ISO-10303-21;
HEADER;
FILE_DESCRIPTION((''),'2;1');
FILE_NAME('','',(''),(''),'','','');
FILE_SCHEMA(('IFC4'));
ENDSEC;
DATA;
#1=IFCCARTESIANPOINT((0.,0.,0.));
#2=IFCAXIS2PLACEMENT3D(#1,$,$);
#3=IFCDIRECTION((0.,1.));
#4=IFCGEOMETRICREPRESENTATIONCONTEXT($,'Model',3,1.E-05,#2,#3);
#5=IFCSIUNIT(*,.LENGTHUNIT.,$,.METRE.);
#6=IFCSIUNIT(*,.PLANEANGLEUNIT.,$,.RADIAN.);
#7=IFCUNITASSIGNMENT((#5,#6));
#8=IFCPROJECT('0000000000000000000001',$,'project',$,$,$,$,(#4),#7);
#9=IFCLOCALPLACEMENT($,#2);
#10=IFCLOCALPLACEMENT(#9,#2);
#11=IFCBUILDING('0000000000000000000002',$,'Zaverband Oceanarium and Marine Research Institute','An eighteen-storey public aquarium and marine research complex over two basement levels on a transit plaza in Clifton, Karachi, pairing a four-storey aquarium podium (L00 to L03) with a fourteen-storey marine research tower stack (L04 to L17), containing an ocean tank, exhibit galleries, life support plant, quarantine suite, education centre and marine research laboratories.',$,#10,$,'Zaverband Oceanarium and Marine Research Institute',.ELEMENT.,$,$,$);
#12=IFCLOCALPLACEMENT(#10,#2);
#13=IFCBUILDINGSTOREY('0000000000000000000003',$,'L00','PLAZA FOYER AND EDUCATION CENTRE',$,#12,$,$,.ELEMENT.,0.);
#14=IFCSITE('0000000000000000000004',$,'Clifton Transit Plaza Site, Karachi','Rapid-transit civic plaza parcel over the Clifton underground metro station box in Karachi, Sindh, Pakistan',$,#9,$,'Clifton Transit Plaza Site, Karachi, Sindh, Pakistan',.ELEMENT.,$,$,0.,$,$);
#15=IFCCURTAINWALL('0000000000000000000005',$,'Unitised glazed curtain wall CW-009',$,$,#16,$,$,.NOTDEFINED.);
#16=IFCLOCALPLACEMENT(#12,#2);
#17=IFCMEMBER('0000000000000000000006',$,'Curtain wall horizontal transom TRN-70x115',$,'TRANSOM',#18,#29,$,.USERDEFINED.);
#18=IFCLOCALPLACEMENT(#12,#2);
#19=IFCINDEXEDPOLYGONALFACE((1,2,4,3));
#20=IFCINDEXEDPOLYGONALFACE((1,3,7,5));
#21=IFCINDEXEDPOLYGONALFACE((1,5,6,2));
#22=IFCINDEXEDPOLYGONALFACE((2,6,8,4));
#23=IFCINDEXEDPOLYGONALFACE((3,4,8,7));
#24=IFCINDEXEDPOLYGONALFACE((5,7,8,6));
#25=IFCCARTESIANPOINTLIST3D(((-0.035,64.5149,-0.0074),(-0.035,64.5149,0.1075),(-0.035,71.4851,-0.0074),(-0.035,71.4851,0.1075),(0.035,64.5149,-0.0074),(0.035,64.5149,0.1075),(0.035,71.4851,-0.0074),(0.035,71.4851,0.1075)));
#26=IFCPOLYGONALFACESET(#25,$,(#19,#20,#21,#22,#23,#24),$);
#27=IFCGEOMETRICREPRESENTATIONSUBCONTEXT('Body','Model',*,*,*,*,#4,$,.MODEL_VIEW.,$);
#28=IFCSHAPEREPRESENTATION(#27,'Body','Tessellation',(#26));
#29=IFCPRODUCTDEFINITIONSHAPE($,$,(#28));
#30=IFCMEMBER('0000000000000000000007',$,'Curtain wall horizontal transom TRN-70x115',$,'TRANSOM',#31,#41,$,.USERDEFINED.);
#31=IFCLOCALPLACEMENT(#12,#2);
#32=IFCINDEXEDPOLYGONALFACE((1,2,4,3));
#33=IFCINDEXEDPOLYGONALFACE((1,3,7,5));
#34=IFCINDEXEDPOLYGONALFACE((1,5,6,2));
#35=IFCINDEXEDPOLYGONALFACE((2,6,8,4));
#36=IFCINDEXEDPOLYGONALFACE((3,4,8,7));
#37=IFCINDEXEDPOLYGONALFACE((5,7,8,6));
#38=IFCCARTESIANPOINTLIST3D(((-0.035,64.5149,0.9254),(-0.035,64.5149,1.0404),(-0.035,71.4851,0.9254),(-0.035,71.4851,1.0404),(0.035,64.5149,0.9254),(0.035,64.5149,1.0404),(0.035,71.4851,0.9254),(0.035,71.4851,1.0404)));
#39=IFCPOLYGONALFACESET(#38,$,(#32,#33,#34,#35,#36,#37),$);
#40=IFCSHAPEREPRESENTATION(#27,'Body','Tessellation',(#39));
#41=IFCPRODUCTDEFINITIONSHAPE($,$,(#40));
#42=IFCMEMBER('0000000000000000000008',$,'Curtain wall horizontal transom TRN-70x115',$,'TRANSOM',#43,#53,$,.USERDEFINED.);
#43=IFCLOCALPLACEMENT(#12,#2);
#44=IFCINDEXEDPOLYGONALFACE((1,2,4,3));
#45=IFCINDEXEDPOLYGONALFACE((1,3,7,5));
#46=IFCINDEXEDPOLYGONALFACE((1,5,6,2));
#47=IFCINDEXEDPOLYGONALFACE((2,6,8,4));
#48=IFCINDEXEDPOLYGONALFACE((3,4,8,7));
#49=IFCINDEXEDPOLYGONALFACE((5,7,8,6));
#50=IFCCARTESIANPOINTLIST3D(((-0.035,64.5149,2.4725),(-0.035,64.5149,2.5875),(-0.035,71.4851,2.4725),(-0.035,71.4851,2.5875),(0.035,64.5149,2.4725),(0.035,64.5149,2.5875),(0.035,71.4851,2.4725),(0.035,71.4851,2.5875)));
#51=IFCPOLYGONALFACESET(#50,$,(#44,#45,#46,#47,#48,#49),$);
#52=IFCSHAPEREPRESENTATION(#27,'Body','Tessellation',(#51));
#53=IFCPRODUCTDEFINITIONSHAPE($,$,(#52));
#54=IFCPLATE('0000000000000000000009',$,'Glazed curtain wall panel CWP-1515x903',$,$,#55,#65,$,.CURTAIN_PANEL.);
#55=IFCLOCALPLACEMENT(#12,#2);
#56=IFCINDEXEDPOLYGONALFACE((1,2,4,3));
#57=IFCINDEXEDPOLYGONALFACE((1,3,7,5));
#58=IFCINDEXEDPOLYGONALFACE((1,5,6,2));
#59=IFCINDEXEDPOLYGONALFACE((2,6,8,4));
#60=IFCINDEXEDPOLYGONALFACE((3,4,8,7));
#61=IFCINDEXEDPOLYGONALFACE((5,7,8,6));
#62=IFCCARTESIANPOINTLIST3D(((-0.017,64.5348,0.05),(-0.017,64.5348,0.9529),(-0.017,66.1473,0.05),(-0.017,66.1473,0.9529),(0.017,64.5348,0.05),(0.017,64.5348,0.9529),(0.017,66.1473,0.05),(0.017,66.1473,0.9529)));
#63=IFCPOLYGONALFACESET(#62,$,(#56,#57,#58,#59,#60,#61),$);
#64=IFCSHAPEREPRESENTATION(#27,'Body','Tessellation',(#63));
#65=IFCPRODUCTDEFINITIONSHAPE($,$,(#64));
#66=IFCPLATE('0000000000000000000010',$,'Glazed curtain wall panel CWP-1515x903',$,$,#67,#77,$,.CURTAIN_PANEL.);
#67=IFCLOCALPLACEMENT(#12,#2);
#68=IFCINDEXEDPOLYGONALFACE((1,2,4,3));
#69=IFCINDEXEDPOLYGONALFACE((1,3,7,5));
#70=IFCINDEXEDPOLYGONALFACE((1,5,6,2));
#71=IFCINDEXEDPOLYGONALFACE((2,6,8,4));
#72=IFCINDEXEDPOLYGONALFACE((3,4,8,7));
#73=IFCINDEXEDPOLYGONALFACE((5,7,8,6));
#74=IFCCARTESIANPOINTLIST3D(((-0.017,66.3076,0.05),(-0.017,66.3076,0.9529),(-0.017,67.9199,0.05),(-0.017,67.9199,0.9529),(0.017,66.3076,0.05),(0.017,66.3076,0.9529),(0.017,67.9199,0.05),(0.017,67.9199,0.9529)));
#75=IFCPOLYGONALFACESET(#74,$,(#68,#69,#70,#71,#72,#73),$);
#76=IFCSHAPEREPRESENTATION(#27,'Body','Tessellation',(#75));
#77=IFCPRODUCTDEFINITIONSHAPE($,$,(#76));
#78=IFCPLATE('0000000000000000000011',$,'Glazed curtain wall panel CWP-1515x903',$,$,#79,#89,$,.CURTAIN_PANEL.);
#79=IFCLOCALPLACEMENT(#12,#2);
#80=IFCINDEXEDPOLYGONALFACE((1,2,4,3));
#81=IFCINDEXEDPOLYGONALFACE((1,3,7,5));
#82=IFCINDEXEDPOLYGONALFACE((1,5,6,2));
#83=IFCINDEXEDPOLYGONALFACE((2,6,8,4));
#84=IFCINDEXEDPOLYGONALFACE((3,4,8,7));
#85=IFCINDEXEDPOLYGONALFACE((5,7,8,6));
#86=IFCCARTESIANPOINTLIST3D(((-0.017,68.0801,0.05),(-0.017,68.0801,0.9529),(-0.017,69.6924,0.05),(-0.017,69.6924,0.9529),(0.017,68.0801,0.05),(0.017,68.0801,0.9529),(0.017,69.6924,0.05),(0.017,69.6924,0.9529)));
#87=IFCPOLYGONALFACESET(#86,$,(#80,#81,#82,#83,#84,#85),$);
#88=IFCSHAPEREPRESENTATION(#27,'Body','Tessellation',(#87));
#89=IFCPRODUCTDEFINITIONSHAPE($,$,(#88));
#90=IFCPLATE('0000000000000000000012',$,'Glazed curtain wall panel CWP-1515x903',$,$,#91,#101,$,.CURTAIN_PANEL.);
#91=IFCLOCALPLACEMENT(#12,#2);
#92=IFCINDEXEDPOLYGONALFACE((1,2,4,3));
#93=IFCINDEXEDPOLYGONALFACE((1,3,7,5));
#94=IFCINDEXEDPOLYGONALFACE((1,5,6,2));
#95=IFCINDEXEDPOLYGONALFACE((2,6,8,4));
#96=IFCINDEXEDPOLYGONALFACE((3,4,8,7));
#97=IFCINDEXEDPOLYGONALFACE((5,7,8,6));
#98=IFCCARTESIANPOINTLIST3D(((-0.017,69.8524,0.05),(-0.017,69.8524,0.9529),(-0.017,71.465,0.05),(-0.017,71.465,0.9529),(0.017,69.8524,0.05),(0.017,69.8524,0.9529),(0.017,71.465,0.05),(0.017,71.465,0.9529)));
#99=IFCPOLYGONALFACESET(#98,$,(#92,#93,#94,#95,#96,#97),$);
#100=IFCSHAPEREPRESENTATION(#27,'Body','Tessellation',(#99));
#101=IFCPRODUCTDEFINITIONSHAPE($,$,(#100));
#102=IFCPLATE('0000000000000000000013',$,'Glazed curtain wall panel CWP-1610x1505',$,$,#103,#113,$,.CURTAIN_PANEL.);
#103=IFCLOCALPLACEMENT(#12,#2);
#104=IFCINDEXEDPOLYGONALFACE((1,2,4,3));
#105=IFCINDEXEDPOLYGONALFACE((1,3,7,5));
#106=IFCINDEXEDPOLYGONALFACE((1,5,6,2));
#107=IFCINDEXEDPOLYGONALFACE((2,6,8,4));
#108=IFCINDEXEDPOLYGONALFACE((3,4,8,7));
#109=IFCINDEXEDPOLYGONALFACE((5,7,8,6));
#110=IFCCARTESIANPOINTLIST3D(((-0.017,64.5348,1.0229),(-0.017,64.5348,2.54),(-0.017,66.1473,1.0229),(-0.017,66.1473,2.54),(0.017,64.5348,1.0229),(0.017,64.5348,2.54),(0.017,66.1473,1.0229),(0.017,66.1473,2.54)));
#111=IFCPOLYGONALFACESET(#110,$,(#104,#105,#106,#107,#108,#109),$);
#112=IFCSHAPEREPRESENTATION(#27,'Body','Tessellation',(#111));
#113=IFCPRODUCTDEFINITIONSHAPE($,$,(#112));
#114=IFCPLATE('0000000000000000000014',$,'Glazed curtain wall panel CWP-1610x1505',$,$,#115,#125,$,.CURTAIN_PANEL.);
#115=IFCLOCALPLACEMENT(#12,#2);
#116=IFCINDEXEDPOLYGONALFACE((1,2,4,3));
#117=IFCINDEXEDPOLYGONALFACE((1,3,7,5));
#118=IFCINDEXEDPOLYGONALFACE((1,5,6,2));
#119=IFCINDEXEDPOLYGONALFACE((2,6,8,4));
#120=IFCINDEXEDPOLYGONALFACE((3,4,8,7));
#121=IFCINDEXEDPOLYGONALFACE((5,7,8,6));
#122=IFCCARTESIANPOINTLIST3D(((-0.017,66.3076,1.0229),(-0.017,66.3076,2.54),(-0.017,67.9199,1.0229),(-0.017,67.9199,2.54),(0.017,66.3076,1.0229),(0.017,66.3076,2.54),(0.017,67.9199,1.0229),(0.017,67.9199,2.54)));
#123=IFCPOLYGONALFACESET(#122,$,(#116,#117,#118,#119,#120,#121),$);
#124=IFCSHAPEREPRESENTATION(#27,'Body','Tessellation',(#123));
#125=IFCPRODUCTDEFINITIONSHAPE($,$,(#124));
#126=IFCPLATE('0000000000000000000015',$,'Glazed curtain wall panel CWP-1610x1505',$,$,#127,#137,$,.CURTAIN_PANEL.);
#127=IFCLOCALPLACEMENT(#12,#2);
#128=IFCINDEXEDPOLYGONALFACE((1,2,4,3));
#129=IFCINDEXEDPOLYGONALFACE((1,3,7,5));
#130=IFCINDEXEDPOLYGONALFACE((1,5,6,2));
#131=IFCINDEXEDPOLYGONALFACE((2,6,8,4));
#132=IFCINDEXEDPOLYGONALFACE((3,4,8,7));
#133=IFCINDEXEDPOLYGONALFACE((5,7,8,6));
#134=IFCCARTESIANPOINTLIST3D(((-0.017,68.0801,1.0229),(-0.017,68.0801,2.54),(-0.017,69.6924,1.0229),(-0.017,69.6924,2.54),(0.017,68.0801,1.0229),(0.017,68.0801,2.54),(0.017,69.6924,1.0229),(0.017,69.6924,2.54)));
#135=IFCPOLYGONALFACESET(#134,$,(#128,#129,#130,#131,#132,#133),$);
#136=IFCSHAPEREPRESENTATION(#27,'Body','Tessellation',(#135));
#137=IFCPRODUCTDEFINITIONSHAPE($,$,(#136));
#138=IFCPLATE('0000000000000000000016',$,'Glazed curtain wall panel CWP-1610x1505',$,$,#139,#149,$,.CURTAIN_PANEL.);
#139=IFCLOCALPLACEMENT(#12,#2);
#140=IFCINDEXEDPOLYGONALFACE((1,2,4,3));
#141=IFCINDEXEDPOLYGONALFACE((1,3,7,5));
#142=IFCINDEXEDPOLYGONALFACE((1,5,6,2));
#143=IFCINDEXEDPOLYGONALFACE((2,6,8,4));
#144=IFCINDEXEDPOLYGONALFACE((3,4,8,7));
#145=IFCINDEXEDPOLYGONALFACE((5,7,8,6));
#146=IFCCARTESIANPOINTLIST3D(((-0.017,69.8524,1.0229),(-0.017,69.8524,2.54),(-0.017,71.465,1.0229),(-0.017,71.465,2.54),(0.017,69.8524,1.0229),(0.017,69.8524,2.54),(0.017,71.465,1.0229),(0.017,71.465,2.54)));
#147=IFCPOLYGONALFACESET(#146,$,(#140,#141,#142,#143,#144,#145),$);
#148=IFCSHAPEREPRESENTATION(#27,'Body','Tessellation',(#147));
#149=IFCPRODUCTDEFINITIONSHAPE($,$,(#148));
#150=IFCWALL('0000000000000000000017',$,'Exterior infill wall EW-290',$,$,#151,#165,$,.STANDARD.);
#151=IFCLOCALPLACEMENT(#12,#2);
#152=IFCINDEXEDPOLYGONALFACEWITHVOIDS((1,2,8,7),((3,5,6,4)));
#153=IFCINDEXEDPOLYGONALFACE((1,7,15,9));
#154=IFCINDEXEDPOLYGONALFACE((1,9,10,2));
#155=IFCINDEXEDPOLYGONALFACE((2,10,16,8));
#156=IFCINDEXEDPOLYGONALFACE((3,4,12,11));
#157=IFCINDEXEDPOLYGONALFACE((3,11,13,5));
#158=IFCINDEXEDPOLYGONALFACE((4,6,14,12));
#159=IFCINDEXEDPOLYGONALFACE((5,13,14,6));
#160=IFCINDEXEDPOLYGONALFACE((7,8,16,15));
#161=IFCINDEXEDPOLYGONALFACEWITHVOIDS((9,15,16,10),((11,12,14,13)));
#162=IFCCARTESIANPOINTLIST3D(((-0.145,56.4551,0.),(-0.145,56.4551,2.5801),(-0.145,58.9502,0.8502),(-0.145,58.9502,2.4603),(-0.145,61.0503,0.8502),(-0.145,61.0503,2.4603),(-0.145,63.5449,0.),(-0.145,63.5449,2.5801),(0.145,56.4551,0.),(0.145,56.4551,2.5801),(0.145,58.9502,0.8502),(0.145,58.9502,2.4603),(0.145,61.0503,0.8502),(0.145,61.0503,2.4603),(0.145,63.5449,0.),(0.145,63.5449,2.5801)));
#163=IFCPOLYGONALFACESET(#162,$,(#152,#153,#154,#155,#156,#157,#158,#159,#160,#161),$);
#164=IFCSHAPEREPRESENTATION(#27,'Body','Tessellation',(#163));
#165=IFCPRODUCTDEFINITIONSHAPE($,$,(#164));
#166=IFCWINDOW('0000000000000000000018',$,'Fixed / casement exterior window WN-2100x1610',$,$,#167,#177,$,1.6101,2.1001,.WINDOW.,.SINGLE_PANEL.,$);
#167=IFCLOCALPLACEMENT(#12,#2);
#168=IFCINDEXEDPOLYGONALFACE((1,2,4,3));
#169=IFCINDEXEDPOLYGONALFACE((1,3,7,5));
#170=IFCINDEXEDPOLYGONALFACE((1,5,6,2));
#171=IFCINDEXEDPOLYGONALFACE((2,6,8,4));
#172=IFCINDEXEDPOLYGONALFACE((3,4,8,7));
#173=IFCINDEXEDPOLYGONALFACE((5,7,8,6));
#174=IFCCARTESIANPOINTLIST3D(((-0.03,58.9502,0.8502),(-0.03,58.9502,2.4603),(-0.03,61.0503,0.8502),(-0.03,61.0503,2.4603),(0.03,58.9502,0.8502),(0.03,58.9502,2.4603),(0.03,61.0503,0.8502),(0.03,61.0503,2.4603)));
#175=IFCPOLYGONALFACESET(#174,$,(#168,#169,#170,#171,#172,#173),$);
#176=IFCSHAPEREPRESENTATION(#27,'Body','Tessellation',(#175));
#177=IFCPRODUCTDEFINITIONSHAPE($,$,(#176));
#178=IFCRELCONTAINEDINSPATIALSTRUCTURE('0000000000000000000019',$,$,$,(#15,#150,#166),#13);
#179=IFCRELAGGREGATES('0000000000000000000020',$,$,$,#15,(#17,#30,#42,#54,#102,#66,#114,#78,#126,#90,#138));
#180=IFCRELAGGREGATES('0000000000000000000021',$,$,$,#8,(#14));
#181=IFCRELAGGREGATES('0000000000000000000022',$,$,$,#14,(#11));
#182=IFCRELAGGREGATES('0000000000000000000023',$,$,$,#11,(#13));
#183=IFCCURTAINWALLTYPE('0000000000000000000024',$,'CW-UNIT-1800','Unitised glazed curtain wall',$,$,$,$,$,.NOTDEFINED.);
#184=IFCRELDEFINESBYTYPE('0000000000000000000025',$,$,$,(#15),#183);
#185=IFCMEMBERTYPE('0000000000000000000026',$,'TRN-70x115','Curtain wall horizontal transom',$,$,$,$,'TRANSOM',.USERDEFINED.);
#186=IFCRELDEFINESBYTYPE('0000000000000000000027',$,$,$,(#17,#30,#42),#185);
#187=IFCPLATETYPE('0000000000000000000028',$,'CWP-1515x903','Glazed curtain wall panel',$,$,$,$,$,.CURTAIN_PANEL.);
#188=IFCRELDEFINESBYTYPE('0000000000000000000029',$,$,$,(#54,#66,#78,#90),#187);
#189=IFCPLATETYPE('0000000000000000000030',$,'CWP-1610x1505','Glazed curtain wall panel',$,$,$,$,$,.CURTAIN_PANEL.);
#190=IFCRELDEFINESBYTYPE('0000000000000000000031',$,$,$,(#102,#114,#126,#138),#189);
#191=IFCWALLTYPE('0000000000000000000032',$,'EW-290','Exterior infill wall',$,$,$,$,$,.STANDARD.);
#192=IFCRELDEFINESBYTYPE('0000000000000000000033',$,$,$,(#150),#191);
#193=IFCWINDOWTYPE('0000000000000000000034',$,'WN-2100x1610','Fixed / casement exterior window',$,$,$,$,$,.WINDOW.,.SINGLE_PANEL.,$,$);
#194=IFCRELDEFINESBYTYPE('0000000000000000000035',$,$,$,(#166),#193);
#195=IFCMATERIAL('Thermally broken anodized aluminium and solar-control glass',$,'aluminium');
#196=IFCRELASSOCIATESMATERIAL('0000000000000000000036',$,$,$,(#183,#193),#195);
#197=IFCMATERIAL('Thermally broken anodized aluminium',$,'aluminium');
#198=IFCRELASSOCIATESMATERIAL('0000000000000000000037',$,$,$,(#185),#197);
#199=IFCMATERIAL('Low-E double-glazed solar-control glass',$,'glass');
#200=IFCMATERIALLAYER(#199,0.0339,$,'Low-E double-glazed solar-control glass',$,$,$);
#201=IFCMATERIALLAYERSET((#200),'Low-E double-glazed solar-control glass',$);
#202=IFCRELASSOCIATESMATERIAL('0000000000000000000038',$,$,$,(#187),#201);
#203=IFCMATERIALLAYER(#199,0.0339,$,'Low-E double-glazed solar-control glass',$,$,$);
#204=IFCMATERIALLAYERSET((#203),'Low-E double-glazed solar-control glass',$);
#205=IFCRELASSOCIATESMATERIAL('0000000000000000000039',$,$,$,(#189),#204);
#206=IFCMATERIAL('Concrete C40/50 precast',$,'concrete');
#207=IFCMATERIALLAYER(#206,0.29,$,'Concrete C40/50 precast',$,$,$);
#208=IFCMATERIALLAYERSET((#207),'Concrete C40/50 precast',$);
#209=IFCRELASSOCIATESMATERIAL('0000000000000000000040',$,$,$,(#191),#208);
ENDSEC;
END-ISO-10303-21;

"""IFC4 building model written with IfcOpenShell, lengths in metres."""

from ifc_helpers import new_model, si_unit, direction, frame, frame_2d, origin, origin_2d, place, context, subcontext, project, spatial, rectangle, extrude, material, layer, layer_set, material_profile, profile_set, type_object, element, fill, aggregate, save


model = new_model("IFC4")

# Units and contexts
model_context = context("Model", 3, precision=1e-05, world=origin(), true_north=direction((0.0, 1.0)))
body_context = subcontext(model_context, "Body", "Model", "MODEL_VIEW")
ifc_project = project(units=[si_unit("LENGTHUNIT", "METRE"), si_unit("PLANEANGLEUNIT", "RADIAN")], contexts=[model_context])

# Site, building, storey
site_placement = place(None, origin())
site = spatial("IfcSite", under=ifc_project, at=site_placement, Name="Clifton Transit Plaza Site, Karachi", Description="Rapid-transit civic plaza parcel over the Clifton underground metro station box in Karachi, Sindh, Pakistan", LongName="Clifton Transit Plaza Site, Karachi, Sindh, Pakistan", CompositionType="ELEMENT", RefElevation=0.0)
building_placement = place(site_placement, origin())
building = spatial("IfcBuilding", under=site, at=building_placement, Name="Zaverband Oceanarium and Marine Research Institute", Description="An eighteen-storey public aquarium and marine research complex over two basement levels on a transit plaza in Clifton, Karachi, pairing a four-storey aquarium podium (L00 to L03) with a fourteen-storey marine research tower stack (L04 to L17), containing an ocean tank, exhibit galleries, life support plant, quarantine suite, education centre and marine research laboratories.", LongName="Zaverband Oceanarium and Marine Research Institute", CompositionType="ELEMENT")
storey_placement = place(building_placement, origin())
storey = spatial("IfcBuildingStorey", under=building, at=storey_placement, Name="L00", Description="PLAZA FOYER AND EDUCATION CENTRE", CompositionType="ELEMENT", Elevation=0.0)

# Curtain wall
ifc_material_1 = material(Name="Thermally broken anodized aluminium and solar-control glass", Category="aluminium")
curtain_wall_type = type_object("IfcCurtainWallType", Name="CW-UNIT-1800", Description="Unitised glazed curtain wall", PredefinedType="NOTDEFINED", material=ifc_material_1)
curtain_wall_placement = place(storey_placement, origin())
curtain_wall = element("IfcCurtainWall", 1, at=curtain_wall_placement, inside=storey, type_object=curtain_wall_type, Name="Unitised glazed curtain wall CW-009", PredefinedType="NOTDEFINED")
ifc_material_2 = material(Name="Thermally broken anodized aluminium", Category="aluminium")

# Members
ifc_material_profile_1 = material_profile(ifc_material_2, rectangle(XDim=0.0701, YDim=0.115, at=origin_2d()), Name="AL-TRN-70x115")
ifc_profile_set_1 = profile_set([ifc_material_profile_1], Name="Thermally broken anodized aluminium")
member_type_1 = type_object("IfcMemberType", Name="TRN-70x115", Description="Curtain wall horizontal transom", ElementType="TRANSOM", PredefinedType="USERDEFINED", material=ifc_profile_set_1)
member_1_placement = place(storey_placement, frame((0.0, 64.5149, 0.05), z_axis=(0.0, 1.0, 0.0), x_axis=(-1.0, 0.0, 0.0)))
member_1 = element("IfcMember", 2, at=member_1_placement, type_object=member_type_1, Name="Curtain wall horizontal transom TRN-70x115", ObjectType="TRANSOM", PredefinedType="USERDEFINED", context=body_context, shape_type="SweptSolid", body=[
    extrude(rectangle(XDim=0.0701, YDim=0.115, at=origin_2d()), origin(), (0.0, 0.0, 1.0), 6.9702),
])
member_2_placement = place(storey_placement, frame((0.0, 64.5149, 0.9829), z_axis=(0.0, 1.0, 0.0), x_axis=(-1.0, 0.0, 0.0)))
member_2 = element("IfcMember", 3, at=member_2_placement, type_object=member_type_1, Name="Curtain wall horizontal transom TRN-70x115", ObjectType="TRANSOM", PredefinedType="USERDEFINED", context=body_context, shape_type="SweptSolid", body=[
    extrude(rectangle(XDim=0.0701, YDim=0.115, at=origin_2d()), origin(), (0.0, 0.0, 1.0), 6.9702),
])
member_3_placement = place(storey_placement, frame((0.0, 64.5149, 2.53), z_axis=(0.0, 1.0, 0.0), x_axis=(-1.0, 0.0, 0.0)))
member_3 = element("IfcMember", 4, at=member_3_placement, type_object=member_type_1, Name="Curtain wall horizontal transom TRN-70x115", ObjectType="TRANSOM", PredefinedType="USERDEFINED", context=body_context, shape_type="SweptSolid", body=[
    extrude(rectangle(XDim=0.0701, YDim=0.115, at=origin_2d()), origin(), (0.0, 0.0, 1.0), 6.9702),
])

# Plates
ifc_material_3 = material(Name="Low-E double-glazed solar-control glass", Category="glass")
ifc_layer_1 = layer(ifc_material_3, 0.0339, Name="Low-E double-glazed solar-control glass")
ifc_layer_set_1 = layer_set([ifc_layer_1], Name="Low-E double-glazed solar-control glass")
plate_type_1 = type_object("IfcPlateType", Name="CWP-1515x903", Description="Glazed curtain wall panel", PredefinedType="CURTAIN_PANEL", material=ifc_layer_set_1)
plate_1_placement = place(storey_placement, frame((0.0, 64.5349, 0.05), z_axis=(0.0, 0.0, 1.0), x_axis=(0.0, 1.0, 0.0)))
plate_1 = element("IfcPlate", 5, at=plate_1_placement, type_object=plate_type_1, Name="Glazed curtain wall panel CWP-1515x903", PredefinedType="CURTAIN_PANEL", context=body_context, shape_type="SweptSolid", body=[
    extrude(rectangle(XDim=1.6125, YDim=0.0339, at=frame_2d((0.8062, 0.0))), origin(), (0.0, 0.0, 1.0), 0.9028),
])
plate_2_placement = place(storey_placement, frame((0.0, 66.3076, 0.05), z_axis=(0.0, 0.0, 1.0), x_axis=(0.0, 1.0, 0.0)))
plate_2 = element("IfcPlate", 6, at=plate_2_placement, type_object=plate_type_1, Name="Glazed curtain wall panel CWP-1515x903", PredefinedType="CURTAIN_PANEL", context=body_context, shape_type="SweptSolid", body=[
    extrude(rectangle(XDim=1.6123, YDim=0.0339, at=frame_2d((0.8062, 0.0))), origin(), (0.0, 0.0, 1.0), 0.9028),
])
plate_3_placement = place(storey_placement, frame((0.0, 68.0801, 0.05), z_axis=(0.0, 0.0, 1.0), x_axis=(0.0, 1.0, 0.0)))
plate_3 = element("IfcPlate", 7, at=plate_3_placement, type_object=plate_type_1, Name="Glazed curtain wall panel CWP-1515x903", PredefinedType="CURTAIN_PANEL", context=body_context, shape_type="SweptSolid", body=[
    extrude(rectangle(XDim=1.6123, YDim=0.0339, at=frame_2d((0.8062, 0.0))), origin(), (0.0, 0.0, 1.0), 0.9028),
])
plate_4_placement = place(storey_placement, frame((0.0, 69.8525, 0.05), z_axis=(0.0, 0.0, 1.0), x_axis=(0.0, 1.0, 0.0)))
plate_4 = element("IfcPlate", 8, at=plate_4_placement, type_object=plate_type_1, Name="Glazed curtain wall panel CWP-1515x903", PredefinedType="CURTAIN_PANEL", context=body_context, shape_type="SweptSolid", body=[
    extrude(rectangle(XDim=1.6125, YDim=0.0339, at=frame_2d((0.8062, 0.0))), origin(), (0.0, 0.0, 1.0), 0.9028),
])
ifc_layer_2 = layer(ifc_material_3, 0.0339, Name="Low-E double-glazed solar-control glass")
ifc_layer_set_2 = layer_set([ifc_layer_2], Name="Low-E double-glazed solar-control glass")
plate_type_2 = type_object("IfcPlateType", Name="CWP-1610x1505", Description="Glazed curtain wall panel", PredefinedType="CURTAIN_PANEL", material=ifc_layer_set_2)
plate_5_placement = place(storey_placement, frame((0.0, 64.5349, 1.0229), z_axis=(0.0, 0.0, 1.0), x_axis=(0.0, 1.0, 0.0)))
plate_5 = element("IfcPlate", 9, at=plate_5_placement, type_object=plate_type_2, Name="Glazed curtain wall panel CWP-1610x1505", PredefinedType="CURTAIN_PANEL", context=body_context, shape_type="SweptSolid", body=[
    extrude(rectangle(XDim=1.6125, YDim=0.0339, at=frame_2d((0.8062, 0.0))), origin(), (0.0, 0.0, 1.0), 1.5171),
])
plate_6_placement = place(storey_placement, frame((0.0, 66.3076, 1.0229), z_axis=(0.0, 0.0, 1.0), x_axis=(0.0, 1.0, 0.0)))
plate_6 = element("IfcPlate", 10, at=plate_6_placement, type_object=plate_type_2, Name="Glazed curtain wall panel CWP-1610x1505", PredefinedType="CURTAIN_PANEL", context=body_context, shape_type="SweptSolid", body=[
    extrude(rectangle(XDim=1.6123, YDim=0.0339, at=frame_2d((0.8062, 0.0))), origin(), (0.0, 0.0, 1.0), 1.5171),
])
plate_7_placement = place(storey_placement, frame((0.0, 68.0801, 1.0229), z_axis=(0.0, 0.0, 1.0), x_axis=(0.0, 1.0, 0.0)))
plate_7 = element("IfcPlate", 11, at=plate_7_placement, type_object=plate_type_2, Name="Glazed curtain wall panel CWP-1610x1505", PredefinedType="CURTAIN_PANEL", context=body_context, shape_type="SweptSolid", body=[
    extrude(rectangle(XDim=1.6123, YDim=0.0339, at=frame_2d((0.8062, 0.0))), origin(), (0.0, 0.0, 1.0), 1.5171),
])
plate_8_placement = place(storey_placement, frame((0.0, 69.8525, 1.0229), z_axis=(0.0, 0.0, 1.0), x_axis=(0.0, 1.0, 0.0)))
plate_8 = element("IfcPlate", 12, at=plate_8_placement, type_object=plate_type_2, Name="Glazed curtain wall panel CWP-1610x1505", PredefinedType="CURTAIN_PANEL", context=body_context, shape_type="SweptSolid", body=[
    extrude(rectangle(XDim=1.6125, YDim=0.0339, at=frame_2d((0.8062, 0.0))), origin(), (0.0, 0.0, 1.0), 1.5171),
])
aggregate(curtain_wall, [member_1, member_2, member_3, plate_1, plate_5, plate_2, plate_6, plate_3, plate_7, plate_4, plate_8])

# Wall, opening, window
ifc_material_4 = material(Name="Concrete C40/50 precast", Category="concrete")
ifc_layer_3 = layer(ifc_material_4, 0.29, Name="Concrete C40/50 precast")
ifc_layer_set_3 = layer_set([ifc_layer_3], Name="Concrete C40/50 precast")
wall_type = type_object("IfcWallType", Name="EW-290", Description="Exterior infill wall", PredefinedType="STANDARD", material=ifc_layer_set_3)
wall_placement = place(storey_placement, frame((0.0, 56.4551, 0.0), z_axis=(0.0, 0.0, 1.0), x_axis=(0.0, 1.0, 0.0)))
wall = element("IfcWall", 13, at=wall_placement, inside=storey, type_object=wall_type, Name="Exterior infill wall EW-290", PredefinedType="STANDARD", context=body_context, shape_type="SweptSolid", body=[
    extrude(rectangle(XDim=7.0898, YDim=0.29, at=frame_2d((3.5449, 0.0))), origin(), (0.0, 0.0, 1.0), 2.5801),
])
opening_placement = place(wall_placement, frame((2.4951, 0.0, 0.8501)))
opening = element("IfcOpeningElement", 14, at=opening_placement, cuts=wall, PredefinedType="OPENING", context=body_context, shape_type="SweptSolid", body=[
    extrude(rectangle(XDim=2.1001, YDim=1.6101, at=frame_2d((1.05, 0.8052))), frame((0.0, 0.157, 0.0), z_axis=(0.0, -1.0, 0.0), x_axis=(1.0, 0.0, 0.0)), (0.0, 0.0, 1.0), 0.314),
])
window_type = type_object("IfcWindowType", Name="WN-2100x1610", Description="Fixed / casement exterior window", PartitioningType="SINGLE_PANEL", PredefinedType="WINDOW", material=ifc_material_1)
window_placement = place(opening_placement, origin())
window = element("IfcWindow", 15, at=window_placement, inside=storey, type_object=window_type, Name="Fixed / casement exterior window WN-2100x1610", OverallHeight=1.6101, OverallWidth=2.1001, PartitioningType="SINGLE_PANEL", PredefinedType="WINDOW", context=body_context, shape_type="SweptSolid", body=[
    extrude(rectangle(XDim=2.1001, YDim=1.6101, at=frame_2d((1.05, 0.8052))), frame((0.0, 0.03, 0.0), z_axis=(0.0, -1.0, 0.0), x_axis=(1.0, 0.0, 0.0)), (0.0, 0.0, 1.0), 0.0601),
])
fill(opening, window)

save(model, "model.ifc")
